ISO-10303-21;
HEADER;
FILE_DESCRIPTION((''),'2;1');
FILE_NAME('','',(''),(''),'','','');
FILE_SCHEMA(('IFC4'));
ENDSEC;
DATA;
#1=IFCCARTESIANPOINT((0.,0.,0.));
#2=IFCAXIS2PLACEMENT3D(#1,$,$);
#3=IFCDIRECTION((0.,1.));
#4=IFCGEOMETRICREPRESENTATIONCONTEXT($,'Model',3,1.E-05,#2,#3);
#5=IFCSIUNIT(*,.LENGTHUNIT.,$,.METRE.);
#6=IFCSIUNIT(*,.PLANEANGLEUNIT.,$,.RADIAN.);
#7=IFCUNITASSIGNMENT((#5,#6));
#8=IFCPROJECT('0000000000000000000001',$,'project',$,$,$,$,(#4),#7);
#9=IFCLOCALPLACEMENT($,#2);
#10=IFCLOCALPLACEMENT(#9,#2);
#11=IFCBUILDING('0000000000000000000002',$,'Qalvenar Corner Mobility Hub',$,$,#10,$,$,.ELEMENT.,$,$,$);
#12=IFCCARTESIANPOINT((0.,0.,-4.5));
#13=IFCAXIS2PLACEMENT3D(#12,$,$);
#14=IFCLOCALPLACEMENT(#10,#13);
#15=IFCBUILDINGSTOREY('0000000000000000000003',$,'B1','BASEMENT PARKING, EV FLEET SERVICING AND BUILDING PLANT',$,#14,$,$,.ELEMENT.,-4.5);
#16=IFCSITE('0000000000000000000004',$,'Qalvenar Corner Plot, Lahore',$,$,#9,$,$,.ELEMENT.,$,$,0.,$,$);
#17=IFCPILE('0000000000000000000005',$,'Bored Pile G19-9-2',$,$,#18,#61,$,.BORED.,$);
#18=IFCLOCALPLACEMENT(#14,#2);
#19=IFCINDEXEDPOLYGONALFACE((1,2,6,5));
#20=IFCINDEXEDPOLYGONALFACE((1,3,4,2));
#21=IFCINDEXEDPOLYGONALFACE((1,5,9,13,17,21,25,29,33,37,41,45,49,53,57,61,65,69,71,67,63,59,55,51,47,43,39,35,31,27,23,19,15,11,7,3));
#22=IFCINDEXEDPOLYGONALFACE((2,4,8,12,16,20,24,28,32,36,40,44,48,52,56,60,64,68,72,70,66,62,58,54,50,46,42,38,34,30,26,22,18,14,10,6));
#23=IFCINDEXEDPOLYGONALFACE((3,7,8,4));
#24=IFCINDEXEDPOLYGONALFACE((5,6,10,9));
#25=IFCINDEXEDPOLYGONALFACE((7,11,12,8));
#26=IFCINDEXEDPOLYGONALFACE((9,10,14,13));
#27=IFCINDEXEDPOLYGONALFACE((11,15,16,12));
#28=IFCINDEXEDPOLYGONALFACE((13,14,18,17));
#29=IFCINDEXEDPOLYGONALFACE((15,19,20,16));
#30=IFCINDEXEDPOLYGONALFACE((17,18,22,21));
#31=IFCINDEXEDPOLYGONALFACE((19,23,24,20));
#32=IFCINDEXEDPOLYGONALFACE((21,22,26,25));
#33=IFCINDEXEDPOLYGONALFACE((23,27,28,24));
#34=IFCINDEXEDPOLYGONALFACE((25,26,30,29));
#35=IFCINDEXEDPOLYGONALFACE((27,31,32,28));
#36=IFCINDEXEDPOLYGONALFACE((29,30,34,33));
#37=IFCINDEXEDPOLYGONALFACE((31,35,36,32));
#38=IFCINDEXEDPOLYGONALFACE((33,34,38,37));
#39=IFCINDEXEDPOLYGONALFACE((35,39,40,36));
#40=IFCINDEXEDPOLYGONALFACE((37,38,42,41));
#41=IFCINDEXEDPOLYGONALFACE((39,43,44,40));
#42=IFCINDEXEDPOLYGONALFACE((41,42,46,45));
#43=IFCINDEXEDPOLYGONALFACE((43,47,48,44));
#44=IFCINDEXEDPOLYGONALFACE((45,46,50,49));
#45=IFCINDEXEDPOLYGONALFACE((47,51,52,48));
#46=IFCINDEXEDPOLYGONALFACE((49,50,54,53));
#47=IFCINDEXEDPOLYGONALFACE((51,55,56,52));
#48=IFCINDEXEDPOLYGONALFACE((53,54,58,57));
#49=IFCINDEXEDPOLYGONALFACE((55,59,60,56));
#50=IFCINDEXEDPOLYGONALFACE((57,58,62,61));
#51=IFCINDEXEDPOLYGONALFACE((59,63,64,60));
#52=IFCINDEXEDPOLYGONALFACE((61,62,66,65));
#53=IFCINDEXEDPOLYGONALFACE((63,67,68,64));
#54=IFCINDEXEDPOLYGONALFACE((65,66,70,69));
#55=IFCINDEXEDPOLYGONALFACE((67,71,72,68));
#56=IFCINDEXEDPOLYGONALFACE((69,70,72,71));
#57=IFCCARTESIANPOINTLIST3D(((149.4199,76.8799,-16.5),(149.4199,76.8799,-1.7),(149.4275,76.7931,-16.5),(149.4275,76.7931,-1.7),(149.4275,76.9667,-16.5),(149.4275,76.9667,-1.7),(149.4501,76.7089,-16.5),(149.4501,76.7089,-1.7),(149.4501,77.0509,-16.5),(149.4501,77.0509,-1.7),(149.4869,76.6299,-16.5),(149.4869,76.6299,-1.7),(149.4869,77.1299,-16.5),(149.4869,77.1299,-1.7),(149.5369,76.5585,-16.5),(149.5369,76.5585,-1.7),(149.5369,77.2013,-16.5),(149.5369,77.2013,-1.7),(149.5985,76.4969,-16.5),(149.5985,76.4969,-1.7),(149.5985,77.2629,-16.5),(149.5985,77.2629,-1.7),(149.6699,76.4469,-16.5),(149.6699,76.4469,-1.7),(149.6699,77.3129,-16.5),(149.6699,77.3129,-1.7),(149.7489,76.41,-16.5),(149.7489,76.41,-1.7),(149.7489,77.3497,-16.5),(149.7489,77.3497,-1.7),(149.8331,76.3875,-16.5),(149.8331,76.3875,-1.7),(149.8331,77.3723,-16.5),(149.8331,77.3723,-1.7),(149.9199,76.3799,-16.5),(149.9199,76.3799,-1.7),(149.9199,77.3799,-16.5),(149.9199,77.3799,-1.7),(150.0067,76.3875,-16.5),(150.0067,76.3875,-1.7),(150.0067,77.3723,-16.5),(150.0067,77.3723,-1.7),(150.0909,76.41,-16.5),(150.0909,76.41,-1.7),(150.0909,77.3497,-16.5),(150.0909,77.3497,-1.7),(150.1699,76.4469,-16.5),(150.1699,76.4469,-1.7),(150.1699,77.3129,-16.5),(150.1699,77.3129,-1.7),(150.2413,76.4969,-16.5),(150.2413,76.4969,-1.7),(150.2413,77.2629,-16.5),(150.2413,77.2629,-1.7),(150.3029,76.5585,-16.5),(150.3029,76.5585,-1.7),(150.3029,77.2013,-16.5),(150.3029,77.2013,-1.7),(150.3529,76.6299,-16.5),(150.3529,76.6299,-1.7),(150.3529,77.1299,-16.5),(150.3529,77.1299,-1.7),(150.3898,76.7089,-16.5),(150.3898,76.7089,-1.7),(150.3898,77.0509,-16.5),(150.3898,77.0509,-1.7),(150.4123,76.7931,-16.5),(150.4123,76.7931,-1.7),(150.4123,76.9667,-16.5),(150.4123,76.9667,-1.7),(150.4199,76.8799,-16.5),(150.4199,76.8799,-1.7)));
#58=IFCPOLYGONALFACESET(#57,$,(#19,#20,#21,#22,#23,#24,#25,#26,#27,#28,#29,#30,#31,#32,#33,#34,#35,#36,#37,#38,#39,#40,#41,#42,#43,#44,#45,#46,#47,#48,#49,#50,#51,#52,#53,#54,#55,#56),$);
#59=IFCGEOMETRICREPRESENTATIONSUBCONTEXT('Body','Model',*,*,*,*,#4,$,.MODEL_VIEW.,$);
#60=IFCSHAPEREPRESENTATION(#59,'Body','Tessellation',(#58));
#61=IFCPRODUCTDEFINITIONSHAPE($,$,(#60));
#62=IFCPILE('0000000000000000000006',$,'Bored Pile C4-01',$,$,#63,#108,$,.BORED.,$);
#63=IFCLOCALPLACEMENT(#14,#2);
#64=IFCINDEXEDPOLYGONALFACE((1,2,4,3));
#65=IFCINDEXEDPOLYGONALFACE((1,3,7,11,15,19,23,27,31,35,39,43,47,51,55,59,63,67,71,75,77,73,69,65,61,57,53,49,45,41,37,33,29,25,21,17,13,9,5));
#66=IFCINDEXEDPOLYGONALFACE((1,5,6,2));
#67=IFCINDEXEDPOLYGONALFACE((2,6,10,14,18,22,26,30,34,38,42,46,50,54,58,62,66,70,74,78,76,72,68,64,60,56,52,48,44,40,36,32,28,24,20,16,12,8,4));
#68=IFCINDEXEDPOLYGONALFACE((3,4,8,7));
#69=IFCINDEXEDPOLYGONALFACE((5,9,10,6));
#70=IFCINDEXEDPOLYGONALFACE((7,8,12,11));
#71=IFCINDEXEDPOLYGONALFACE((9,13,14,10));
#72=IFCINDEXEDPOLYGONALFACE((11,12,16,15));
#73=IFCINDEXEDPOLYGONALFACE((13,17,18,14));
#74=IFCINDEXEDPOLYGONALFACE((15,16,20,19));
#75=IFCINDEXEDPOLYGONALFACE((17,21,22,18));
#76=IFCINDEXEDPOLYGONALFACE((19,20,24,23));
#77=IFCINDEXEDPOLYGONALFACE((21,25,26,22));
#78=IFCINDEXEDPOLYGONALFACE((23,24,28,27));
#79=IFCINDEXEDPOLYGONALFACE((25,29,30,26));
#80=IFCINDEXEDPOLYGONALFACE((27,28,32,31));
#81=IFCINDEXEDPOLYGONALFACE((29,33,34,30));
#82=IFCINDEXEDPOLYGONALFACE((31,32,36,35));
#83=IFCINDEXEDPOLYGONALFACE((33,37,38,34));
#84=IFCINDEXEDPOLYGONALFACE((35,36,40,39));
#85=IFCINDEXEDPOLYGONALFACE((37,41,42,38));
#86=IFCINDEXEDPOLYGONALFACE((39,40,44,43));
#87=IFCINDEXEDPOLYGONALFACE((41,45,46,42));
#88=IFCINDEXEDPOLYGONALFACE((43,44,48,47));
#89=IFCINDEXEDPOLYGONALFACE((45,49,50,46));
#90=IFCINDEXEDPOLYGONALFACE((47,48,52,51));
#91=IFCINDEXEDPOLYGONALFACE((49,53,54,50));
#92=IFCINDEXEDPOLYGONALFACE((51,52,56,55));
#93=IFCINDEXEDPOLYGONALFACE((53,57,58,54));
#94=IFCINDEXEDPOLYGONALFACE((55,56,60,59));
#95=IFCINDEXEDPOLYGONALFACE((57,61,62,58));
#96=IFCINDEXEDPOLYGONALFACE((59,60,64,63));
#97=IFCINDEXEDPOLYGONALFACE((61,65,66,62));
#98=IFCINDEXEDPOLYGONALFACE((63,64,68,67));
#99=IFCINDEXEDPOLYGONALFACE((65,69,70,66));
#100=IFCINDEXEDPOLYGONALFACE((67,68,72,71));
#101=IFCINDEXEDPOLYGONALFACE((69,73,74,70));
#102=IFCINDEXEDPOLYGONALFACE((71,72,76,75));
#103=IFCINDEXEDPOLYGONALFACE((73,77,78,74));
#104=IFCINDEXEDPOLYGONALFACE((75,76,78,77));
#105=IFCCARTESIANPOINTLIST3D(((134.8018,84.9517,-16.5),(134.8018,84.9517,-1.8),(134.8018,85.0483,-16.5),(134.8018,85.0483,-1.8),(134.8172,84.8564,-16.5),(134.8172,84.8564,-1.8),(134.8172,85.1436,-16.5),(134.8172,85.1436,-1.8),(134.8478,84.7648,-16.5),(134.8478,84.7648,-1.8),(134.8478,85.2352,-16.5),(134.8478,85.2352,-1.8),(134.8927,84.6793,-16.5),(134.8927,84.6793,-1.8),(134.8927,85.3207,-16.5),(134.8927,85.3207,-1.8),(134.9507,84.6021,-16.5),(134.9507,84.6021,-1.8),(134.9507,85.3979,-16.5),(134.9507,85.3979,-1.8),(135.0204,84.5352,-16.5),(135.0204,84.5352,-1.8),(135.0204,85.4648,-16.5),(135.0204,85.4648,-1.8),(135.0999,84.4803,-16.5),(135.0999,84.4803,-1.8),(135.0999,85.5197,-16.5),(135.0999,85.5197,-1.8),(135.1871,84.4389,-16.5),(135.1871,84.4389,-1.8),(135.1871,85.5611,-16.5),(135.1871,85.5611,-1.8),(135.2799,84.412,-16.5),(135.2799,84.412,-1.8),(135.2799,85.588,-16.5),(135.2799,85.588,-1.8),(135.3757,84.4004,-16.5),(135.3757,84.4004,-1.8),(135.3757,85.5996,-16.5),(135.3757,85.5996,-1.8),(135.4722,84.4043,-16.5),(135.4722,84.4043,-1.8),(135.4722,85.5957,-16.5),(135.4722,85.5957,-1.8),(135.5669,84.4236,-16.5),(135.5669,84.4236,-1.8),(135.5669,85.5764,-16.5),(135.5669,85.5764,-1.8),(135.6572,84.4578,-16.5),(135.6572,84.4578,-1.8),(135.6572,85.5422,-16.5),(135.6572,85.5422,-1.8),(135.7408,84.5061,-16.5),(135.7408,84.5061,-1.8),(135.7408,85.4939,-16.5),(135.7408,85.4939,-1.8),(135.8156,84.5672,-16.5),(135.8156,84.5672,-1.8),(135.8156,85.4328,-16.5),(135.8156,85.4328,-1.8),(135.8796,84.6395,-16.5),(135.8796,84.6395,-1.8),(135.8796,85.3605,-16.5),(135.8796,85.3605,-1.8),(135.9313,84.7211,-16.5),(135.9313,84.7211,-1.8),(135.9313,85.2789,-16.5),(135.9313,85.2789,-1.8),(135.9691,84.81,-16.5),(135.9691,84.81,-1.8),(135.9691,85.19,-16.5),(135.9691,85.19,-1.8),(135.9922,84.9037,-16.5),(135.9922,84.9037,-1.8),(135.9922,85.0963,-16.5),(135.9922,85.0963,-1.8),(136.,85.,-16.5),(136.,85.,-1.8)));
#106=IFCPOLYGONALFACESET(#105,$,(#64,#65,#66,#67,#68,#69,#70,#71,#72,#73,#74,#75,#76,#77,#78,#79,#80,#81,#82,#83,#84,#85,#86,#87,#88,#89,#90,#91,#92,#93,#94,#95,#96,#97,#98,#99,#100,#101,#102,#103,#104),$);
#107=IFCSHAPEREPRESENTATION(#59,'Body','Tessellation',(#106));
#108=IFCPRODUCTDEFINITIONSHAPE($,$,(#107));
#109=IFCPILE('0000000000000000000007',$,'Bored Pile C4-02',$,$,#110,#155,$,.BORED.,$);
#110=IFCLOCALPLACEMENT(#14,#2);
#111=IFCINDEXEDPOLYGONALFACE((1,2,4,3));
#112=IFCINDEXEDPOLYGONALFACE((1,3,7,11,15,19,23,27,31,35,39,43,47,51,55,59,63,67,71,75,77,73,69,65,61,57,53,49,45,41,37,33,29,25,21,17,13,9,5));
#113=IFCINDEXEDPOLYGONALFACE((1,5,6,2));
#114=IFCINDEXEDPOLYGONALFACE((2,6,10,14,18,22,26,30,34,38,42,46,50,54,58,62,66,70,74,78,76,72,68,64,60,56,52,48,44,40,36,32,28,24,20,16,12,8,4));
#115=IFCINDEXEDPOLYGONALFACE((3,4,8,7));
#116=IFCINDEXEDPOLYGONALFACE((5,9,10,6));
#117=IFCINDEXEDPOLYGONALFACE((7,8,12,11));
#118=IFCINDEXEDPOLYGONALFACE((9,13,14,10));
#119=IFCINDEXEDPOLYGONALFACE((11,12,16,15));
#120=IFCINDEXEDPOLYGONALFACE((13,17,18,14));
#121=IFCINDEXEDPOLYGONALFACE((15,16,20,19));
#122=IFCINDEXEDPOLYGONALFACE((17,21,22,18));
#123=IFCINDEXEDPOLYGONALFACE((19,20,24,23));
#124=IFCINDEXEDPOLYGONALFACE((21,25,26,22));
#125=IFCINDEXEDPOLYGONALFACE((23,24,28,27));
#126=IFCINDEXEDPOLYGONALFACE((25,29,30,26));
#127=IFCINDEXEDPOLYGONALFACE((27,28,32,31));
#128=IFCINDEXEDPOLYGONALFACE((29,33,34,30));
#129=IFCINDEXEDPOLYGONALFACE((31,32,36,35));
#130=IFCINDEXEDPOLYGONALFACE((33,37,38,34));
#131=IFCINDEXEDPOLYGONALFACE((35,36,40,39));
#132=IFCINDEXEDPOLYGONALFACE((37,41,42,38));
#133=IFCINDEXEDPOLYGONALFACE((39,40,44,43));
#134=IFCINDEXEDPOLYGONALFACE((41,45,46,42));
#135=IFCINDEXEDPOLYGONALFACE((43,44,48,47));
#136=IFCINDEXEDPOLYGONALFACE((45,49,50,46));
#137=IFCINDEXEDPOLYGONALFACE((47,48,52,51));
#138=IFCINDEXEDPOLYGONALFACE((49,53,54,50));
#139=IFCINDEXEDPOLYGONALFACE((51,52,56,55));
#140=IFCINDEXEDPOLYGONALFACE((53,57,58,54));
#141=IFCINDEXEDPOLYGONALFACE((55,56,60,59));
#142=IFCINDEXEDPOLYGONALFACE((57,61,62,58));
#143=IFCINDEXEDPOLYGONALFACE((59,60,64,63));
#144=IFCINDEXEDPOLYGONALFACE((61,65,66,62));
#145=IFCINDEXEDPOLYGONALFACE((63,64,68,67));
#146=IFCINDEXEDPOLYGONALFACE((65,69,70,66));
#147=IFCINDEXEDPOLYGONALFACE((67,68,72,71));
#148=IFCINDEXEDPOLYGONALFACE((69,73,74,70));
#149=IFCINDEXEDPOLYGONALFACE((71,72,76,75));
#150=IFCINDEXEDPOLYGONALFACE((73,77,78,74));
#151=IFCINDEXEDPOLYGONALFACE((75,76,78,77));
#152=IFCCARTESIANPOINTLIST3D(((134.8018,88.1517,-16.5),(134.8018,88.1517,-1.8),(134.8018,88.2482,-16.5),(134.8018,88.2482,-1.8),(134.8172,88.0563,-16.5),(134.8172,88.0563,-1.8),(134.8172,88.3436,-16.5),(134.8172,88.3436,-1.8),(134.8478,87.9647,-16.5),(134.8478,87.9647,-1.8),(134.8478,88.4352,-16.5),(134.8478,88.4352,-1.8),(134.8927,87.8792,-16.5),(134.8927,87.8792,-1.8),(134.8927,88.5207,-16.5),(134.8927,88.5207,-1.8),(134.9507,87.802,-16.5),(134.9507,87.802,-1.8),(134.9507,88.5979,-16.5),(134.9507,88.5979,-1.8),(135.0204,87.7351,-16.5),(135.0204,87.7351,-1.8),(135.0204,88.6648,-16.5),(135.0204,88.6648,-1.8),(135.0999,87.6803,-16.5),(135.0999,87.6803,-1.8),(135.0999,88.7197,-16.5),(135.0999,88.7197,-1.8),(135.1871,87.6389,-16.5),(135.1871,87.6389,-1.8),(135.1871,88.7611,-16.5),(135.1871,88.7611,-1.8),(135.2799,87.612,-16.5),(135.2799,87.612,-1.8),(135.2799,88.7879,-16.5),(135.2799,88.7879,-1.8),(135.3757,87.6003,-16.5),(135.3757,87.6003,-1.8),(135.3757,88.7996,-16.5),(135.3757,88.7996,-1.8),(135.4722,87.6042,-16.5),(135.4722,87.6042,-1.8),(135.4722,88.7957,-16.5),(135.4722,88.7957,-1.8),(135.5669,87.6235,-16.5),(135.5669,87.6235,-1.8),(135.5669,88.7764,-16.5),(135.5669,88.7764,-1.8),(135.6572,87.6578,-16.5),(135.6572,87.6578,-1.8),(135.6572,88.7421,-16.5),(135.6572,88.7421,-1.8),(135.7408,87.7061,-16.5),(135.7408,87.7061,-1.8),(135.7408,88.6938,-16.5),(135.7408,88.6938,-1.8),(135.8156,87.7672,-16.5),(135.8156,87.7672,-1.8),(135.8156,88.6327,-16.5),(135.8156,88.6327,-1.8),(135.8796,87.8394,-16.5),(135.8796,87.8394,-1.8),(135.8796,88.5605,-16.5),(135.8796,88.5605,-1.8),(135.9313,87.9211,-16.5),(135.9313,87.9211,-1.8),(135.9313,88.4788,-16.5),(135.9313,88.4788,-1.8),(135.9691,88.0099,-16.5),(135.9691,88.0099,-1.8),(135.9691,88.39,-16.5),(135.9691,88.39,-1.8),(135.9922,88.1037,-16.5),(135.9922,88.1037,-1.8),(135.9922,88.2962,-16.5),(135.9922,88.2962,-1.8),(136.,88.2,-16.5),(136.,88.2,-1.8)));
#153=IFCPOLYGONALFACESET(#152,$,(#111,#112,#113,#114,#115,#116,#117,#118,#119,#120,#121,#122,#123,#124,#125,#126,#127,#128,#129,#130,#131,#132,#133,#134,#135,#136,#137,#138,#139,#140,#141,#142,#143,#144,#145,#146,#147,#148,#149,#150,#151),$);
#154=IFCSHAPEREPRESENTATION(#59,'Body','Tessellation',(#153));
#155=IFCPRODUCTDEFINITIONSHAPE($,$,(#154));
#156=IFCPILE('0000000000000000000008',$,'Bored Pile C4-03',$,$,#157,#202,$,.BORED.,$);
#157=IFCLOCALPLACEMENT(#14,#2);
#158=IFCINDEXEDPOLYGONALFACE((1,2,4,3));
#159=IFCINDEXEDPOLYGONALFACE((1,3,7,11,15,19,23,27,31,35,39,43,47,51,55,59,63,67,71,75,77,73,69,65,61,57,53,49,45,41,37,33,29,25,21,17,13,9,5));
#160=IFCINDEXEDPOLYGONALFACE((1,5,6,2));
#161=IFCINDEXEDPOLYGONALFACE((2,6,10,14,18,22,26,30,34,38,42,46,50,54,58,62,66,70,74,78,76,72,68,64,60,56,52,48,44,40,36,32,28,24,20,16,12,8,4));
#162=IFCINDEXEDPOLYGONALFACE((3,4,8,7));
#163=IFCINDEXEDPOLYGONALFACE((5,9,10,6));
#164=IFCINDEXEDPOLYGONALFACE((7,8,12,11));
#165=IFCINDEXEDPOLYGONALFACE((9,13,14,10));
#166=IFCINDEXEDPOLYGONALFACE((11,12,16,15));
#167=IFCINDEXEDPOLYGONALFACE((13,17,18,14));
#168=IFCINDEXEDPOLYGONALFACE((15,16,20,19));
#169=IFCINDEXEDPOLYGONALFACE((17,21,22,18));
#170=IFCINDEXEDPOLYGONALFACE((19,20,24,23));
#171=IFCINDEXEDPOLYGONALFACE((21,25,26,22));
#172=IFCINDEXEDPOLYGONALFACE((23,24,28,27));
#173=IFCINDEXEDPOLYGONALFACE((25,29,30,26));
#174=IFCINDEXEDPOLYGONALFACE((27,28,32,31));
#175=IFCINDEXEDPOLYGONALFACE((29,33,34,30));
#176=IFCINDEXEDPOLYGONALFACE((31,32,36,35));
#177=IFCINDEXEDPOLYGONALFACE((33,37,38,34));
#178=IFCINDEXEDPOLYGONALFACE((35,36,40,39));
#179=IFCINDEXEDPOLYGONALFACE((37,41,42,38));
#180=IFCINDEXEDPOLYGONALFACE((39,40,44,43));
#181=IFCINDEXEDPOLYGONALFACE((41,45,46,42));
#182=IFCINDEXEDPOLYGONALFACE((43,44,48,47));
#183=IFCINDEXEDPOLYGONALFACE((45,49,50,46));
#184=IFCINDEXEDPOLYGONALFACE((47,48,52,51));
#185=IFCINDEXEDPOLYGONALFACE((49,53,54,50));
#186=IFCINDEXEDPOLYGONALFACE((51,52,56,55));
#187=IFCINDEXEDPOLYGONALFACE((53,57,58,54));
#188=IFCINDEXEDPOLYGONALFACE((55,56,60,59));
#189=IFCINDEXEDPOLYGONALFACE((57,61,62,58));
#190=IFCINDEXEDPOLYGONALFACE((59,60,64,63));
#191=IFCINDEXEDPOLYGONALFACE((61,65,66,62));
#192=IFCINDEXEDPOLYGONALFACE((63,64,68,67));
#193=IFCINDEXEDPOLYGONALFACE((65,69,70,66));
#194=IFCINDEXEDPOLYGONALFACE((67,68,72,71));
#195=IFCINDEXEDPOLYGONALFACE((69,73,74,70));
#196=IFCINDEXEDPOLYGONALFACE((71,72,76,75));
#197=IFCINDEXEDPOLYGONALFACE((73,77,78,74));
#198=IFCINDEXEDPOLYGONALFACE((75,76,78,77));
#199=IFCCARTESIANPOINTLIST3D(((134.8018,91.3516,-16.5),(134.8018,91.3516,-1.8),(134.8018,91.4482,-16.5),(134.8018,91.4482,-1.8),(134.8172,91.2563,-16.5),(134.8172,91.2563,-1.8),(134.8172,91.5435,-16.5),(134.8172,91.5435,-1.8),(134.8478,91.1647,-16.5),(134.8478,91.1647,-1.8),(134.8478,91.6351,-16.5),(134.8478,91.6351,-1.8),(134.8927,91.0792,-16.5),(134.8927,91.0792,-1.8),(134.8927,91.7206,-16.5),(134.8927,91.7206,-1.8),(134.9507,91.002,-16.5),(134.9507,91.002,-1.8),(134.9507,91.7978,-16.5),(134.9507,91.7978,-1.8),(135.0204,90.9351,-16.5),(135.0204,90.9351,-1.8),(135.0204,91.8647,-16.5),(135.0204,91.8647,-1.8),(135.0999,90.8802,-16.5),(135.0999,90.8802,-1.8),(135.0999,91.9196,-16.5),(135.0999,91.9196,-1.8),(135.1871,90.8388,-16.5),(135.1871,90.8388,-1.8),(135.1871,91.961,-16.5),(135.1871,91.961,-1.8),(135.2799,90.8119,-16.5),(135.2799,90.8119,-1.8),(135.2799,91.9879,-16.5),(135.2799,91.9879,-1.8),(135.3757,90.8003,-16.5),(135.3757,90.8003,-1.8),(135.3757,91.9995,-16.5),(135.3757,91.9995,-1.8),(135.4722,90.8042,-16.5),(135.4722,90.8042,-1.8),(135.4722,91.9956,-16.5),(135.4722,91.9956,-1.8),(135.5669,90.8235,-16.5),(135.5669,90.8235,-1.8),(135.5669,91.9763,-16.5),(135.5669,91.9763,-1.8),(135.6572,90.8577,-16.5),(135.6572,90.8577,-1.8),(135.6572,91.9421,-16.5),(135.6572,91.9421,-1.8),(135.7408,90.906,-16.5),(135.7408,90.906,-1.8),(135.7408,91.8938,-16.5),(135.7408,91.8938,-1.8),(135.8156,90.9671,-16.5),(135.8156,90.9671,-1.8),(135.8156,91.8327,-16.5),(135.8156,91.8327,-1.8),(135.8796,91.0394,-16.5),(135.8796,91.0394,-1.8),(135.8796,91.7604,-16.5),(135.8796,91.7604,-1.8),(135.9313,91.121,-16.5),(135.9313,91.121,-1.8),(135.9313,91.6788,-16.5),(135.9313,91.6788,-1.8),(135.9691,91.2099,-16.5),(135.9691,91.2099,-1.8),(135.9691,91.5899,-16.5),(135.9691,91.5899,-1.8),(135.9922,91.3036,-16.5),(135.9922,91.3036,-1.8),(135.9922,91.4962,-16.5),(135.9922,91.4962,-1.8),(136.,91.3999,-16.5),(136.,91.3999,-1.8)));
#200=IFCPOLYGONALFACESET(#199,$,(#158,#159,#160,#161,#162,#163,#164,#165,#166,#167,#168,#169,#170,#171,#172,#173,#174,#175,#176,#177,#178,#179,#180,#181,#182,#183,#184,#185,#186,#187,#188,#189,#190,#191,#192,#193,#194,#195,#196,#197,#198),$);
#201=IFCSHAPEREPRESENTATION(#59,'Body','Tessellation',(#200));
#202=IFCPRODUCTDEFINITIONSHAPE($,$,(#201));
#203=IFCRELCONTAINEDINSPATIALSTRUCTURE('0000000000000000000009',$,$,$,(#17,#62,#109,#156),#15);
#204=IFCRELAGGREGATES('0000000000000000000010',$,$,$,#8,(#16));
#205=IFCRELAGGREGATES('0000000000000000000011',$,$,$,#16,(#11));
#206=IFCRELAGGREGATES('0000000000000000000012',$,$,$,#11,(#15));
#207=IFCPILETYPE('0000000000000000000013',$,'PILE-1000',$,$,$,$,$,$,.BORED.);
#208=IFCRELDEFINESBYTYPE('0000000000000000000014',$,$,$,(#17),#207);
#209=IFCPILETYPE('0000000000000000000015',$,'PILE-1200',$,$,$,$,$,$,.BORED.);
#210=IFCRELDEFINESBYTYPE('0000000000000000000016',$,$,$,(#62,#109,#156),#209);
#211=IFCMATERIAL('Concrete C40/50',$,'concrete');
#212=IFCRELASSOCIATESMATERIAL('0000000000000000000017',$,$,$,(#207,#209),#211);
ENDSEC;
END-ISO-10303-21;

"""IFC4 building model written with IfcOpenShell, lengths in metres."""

from ifc_helpers import new_model, si_unit, direction, frame, origin, origin_2d, place, context, subcontext, project, spatial, circle, extrude, material, material_profile, profile_set, type_object, element, save


model = new_model("IFC4")

# Units and contexts
model_context = context("Model", 3, precision=1e-05, world=origin(), true_north=direction((0.0, 1.0)))
body_context = subcontext(model_context, "Body", "Model", "MODEL_VIEW")
ifc_project = project(units=[si_unit("LENGTHUNIT", "METRE"), si_unit("PLANEANGLEUNIT", "RADIAN")], contexts=[model_context])

# Site, building, storey
site_placement = place(None, origin())
site = spatial("IfcSite", under=ifc_project, at=site_placement, Name="Qalvenar Corner Plot, Lahore", CompositionType="ELEMENT", RefElevation=0.0)
building_placement = place(site_placement, origin())
building = spatial("IfcBuilding", under=site, at=building_placement, Name="Qalvenar Corner Mobility Hub", CompositionType="ELEMENT")
storey_placement = place(building_placement, frame((0.0, 0.0, -4.5)))
storey = spatial("IfcBuildingStorey", under=building, at=storey_placement, Name="B1", Description="BASEMENT PARKING, EV FLEET SERVICING AND BUILDING PLANT", CompositionType="ELEMENT", Elevation=-4.5)

# Shared definitions
ifc_material_1 = material(Name="Concrete C40/50", Category="concrete")

# Piles
ifc_material_profile_1 = material_profile(ifc_material_1, circle(Radius=0.5, at=origin_2d()), Name="DIA1000")
ifc_profile_set_1 = profile_set([ifc_material_profile_1], Name="Concrete C40/50")
pile_type_1 = type_object("IfcPileType", Name="PILE-1000", PredefinedType="BORED", material=ifc_profile_set_1)
for number, where, z_axis, x_axis, name in (
    (1, (149.9199, 76.8799, -1.7), (0.0, 0.0, -1.0), (1.0, 0.0, 0.0), "Bored Pile G19-9-2"),
):
    element("IfcPile", number, at=place(storey_placement, frame(where, z_axis=z_axis, x_axis=x_axis)), inside=storey, type_object=pile_type_1, Name=name, PredefinedType="BORED", context=body_context, shape_type="SweptSolid", body=[
        extrude(circle(Radius=0.5, at=origin_2d()), origin(), (0.0, 0.0, 1.0), 14.8),
    ])
ifc_material_profile_2 = material_profile(ifc_material_1, circle(Radius=0.6001, at=origin_2d()), Name="DIA1200")
ifc_profile_set_2 = profile_set([ifc_material_profile_2], Name="Concrete C40/50")
pile_type_2 = type_object("IfcPileType", Name="PILE-1200", PredefinedType="BORED", material=ifc_profile_set_2)
for number, where, z_axis, x_axis, name in (
    (2, (135.3999, 85.0, -1.8), (0.0, 0.0, -1.0), (1.0, 0.0, 0.0), "Bored Pile C4-01"),
    (3, (135.3999, 88.2, -1.8), (0.0, 0.0, -1.0), (1.0, 0.0, 0.0), "Bored Pile C4-02"),
    (4, (135.3999, 91.3999, -1.8), (0.0, 0.0, -1.0), (1.0, 0.0, 0.0), "Bored Pile C4-03"),
):
    element("IfcPile", number, at=place(storey_placement, frame(where, z_axis=z_axis, x_axis=x_axis)), inside=storey, type_object=pile_type_2, Name=name, PredefinedType="BORED", context=body_context, shape_type="SweptSolid", body=[
        extrude(circle(Radius=0.6001, at=origin_2d()), origin(), (0.0, 0.0, 1.0), 14.7),
    ])

save(model, "model.ifc")
